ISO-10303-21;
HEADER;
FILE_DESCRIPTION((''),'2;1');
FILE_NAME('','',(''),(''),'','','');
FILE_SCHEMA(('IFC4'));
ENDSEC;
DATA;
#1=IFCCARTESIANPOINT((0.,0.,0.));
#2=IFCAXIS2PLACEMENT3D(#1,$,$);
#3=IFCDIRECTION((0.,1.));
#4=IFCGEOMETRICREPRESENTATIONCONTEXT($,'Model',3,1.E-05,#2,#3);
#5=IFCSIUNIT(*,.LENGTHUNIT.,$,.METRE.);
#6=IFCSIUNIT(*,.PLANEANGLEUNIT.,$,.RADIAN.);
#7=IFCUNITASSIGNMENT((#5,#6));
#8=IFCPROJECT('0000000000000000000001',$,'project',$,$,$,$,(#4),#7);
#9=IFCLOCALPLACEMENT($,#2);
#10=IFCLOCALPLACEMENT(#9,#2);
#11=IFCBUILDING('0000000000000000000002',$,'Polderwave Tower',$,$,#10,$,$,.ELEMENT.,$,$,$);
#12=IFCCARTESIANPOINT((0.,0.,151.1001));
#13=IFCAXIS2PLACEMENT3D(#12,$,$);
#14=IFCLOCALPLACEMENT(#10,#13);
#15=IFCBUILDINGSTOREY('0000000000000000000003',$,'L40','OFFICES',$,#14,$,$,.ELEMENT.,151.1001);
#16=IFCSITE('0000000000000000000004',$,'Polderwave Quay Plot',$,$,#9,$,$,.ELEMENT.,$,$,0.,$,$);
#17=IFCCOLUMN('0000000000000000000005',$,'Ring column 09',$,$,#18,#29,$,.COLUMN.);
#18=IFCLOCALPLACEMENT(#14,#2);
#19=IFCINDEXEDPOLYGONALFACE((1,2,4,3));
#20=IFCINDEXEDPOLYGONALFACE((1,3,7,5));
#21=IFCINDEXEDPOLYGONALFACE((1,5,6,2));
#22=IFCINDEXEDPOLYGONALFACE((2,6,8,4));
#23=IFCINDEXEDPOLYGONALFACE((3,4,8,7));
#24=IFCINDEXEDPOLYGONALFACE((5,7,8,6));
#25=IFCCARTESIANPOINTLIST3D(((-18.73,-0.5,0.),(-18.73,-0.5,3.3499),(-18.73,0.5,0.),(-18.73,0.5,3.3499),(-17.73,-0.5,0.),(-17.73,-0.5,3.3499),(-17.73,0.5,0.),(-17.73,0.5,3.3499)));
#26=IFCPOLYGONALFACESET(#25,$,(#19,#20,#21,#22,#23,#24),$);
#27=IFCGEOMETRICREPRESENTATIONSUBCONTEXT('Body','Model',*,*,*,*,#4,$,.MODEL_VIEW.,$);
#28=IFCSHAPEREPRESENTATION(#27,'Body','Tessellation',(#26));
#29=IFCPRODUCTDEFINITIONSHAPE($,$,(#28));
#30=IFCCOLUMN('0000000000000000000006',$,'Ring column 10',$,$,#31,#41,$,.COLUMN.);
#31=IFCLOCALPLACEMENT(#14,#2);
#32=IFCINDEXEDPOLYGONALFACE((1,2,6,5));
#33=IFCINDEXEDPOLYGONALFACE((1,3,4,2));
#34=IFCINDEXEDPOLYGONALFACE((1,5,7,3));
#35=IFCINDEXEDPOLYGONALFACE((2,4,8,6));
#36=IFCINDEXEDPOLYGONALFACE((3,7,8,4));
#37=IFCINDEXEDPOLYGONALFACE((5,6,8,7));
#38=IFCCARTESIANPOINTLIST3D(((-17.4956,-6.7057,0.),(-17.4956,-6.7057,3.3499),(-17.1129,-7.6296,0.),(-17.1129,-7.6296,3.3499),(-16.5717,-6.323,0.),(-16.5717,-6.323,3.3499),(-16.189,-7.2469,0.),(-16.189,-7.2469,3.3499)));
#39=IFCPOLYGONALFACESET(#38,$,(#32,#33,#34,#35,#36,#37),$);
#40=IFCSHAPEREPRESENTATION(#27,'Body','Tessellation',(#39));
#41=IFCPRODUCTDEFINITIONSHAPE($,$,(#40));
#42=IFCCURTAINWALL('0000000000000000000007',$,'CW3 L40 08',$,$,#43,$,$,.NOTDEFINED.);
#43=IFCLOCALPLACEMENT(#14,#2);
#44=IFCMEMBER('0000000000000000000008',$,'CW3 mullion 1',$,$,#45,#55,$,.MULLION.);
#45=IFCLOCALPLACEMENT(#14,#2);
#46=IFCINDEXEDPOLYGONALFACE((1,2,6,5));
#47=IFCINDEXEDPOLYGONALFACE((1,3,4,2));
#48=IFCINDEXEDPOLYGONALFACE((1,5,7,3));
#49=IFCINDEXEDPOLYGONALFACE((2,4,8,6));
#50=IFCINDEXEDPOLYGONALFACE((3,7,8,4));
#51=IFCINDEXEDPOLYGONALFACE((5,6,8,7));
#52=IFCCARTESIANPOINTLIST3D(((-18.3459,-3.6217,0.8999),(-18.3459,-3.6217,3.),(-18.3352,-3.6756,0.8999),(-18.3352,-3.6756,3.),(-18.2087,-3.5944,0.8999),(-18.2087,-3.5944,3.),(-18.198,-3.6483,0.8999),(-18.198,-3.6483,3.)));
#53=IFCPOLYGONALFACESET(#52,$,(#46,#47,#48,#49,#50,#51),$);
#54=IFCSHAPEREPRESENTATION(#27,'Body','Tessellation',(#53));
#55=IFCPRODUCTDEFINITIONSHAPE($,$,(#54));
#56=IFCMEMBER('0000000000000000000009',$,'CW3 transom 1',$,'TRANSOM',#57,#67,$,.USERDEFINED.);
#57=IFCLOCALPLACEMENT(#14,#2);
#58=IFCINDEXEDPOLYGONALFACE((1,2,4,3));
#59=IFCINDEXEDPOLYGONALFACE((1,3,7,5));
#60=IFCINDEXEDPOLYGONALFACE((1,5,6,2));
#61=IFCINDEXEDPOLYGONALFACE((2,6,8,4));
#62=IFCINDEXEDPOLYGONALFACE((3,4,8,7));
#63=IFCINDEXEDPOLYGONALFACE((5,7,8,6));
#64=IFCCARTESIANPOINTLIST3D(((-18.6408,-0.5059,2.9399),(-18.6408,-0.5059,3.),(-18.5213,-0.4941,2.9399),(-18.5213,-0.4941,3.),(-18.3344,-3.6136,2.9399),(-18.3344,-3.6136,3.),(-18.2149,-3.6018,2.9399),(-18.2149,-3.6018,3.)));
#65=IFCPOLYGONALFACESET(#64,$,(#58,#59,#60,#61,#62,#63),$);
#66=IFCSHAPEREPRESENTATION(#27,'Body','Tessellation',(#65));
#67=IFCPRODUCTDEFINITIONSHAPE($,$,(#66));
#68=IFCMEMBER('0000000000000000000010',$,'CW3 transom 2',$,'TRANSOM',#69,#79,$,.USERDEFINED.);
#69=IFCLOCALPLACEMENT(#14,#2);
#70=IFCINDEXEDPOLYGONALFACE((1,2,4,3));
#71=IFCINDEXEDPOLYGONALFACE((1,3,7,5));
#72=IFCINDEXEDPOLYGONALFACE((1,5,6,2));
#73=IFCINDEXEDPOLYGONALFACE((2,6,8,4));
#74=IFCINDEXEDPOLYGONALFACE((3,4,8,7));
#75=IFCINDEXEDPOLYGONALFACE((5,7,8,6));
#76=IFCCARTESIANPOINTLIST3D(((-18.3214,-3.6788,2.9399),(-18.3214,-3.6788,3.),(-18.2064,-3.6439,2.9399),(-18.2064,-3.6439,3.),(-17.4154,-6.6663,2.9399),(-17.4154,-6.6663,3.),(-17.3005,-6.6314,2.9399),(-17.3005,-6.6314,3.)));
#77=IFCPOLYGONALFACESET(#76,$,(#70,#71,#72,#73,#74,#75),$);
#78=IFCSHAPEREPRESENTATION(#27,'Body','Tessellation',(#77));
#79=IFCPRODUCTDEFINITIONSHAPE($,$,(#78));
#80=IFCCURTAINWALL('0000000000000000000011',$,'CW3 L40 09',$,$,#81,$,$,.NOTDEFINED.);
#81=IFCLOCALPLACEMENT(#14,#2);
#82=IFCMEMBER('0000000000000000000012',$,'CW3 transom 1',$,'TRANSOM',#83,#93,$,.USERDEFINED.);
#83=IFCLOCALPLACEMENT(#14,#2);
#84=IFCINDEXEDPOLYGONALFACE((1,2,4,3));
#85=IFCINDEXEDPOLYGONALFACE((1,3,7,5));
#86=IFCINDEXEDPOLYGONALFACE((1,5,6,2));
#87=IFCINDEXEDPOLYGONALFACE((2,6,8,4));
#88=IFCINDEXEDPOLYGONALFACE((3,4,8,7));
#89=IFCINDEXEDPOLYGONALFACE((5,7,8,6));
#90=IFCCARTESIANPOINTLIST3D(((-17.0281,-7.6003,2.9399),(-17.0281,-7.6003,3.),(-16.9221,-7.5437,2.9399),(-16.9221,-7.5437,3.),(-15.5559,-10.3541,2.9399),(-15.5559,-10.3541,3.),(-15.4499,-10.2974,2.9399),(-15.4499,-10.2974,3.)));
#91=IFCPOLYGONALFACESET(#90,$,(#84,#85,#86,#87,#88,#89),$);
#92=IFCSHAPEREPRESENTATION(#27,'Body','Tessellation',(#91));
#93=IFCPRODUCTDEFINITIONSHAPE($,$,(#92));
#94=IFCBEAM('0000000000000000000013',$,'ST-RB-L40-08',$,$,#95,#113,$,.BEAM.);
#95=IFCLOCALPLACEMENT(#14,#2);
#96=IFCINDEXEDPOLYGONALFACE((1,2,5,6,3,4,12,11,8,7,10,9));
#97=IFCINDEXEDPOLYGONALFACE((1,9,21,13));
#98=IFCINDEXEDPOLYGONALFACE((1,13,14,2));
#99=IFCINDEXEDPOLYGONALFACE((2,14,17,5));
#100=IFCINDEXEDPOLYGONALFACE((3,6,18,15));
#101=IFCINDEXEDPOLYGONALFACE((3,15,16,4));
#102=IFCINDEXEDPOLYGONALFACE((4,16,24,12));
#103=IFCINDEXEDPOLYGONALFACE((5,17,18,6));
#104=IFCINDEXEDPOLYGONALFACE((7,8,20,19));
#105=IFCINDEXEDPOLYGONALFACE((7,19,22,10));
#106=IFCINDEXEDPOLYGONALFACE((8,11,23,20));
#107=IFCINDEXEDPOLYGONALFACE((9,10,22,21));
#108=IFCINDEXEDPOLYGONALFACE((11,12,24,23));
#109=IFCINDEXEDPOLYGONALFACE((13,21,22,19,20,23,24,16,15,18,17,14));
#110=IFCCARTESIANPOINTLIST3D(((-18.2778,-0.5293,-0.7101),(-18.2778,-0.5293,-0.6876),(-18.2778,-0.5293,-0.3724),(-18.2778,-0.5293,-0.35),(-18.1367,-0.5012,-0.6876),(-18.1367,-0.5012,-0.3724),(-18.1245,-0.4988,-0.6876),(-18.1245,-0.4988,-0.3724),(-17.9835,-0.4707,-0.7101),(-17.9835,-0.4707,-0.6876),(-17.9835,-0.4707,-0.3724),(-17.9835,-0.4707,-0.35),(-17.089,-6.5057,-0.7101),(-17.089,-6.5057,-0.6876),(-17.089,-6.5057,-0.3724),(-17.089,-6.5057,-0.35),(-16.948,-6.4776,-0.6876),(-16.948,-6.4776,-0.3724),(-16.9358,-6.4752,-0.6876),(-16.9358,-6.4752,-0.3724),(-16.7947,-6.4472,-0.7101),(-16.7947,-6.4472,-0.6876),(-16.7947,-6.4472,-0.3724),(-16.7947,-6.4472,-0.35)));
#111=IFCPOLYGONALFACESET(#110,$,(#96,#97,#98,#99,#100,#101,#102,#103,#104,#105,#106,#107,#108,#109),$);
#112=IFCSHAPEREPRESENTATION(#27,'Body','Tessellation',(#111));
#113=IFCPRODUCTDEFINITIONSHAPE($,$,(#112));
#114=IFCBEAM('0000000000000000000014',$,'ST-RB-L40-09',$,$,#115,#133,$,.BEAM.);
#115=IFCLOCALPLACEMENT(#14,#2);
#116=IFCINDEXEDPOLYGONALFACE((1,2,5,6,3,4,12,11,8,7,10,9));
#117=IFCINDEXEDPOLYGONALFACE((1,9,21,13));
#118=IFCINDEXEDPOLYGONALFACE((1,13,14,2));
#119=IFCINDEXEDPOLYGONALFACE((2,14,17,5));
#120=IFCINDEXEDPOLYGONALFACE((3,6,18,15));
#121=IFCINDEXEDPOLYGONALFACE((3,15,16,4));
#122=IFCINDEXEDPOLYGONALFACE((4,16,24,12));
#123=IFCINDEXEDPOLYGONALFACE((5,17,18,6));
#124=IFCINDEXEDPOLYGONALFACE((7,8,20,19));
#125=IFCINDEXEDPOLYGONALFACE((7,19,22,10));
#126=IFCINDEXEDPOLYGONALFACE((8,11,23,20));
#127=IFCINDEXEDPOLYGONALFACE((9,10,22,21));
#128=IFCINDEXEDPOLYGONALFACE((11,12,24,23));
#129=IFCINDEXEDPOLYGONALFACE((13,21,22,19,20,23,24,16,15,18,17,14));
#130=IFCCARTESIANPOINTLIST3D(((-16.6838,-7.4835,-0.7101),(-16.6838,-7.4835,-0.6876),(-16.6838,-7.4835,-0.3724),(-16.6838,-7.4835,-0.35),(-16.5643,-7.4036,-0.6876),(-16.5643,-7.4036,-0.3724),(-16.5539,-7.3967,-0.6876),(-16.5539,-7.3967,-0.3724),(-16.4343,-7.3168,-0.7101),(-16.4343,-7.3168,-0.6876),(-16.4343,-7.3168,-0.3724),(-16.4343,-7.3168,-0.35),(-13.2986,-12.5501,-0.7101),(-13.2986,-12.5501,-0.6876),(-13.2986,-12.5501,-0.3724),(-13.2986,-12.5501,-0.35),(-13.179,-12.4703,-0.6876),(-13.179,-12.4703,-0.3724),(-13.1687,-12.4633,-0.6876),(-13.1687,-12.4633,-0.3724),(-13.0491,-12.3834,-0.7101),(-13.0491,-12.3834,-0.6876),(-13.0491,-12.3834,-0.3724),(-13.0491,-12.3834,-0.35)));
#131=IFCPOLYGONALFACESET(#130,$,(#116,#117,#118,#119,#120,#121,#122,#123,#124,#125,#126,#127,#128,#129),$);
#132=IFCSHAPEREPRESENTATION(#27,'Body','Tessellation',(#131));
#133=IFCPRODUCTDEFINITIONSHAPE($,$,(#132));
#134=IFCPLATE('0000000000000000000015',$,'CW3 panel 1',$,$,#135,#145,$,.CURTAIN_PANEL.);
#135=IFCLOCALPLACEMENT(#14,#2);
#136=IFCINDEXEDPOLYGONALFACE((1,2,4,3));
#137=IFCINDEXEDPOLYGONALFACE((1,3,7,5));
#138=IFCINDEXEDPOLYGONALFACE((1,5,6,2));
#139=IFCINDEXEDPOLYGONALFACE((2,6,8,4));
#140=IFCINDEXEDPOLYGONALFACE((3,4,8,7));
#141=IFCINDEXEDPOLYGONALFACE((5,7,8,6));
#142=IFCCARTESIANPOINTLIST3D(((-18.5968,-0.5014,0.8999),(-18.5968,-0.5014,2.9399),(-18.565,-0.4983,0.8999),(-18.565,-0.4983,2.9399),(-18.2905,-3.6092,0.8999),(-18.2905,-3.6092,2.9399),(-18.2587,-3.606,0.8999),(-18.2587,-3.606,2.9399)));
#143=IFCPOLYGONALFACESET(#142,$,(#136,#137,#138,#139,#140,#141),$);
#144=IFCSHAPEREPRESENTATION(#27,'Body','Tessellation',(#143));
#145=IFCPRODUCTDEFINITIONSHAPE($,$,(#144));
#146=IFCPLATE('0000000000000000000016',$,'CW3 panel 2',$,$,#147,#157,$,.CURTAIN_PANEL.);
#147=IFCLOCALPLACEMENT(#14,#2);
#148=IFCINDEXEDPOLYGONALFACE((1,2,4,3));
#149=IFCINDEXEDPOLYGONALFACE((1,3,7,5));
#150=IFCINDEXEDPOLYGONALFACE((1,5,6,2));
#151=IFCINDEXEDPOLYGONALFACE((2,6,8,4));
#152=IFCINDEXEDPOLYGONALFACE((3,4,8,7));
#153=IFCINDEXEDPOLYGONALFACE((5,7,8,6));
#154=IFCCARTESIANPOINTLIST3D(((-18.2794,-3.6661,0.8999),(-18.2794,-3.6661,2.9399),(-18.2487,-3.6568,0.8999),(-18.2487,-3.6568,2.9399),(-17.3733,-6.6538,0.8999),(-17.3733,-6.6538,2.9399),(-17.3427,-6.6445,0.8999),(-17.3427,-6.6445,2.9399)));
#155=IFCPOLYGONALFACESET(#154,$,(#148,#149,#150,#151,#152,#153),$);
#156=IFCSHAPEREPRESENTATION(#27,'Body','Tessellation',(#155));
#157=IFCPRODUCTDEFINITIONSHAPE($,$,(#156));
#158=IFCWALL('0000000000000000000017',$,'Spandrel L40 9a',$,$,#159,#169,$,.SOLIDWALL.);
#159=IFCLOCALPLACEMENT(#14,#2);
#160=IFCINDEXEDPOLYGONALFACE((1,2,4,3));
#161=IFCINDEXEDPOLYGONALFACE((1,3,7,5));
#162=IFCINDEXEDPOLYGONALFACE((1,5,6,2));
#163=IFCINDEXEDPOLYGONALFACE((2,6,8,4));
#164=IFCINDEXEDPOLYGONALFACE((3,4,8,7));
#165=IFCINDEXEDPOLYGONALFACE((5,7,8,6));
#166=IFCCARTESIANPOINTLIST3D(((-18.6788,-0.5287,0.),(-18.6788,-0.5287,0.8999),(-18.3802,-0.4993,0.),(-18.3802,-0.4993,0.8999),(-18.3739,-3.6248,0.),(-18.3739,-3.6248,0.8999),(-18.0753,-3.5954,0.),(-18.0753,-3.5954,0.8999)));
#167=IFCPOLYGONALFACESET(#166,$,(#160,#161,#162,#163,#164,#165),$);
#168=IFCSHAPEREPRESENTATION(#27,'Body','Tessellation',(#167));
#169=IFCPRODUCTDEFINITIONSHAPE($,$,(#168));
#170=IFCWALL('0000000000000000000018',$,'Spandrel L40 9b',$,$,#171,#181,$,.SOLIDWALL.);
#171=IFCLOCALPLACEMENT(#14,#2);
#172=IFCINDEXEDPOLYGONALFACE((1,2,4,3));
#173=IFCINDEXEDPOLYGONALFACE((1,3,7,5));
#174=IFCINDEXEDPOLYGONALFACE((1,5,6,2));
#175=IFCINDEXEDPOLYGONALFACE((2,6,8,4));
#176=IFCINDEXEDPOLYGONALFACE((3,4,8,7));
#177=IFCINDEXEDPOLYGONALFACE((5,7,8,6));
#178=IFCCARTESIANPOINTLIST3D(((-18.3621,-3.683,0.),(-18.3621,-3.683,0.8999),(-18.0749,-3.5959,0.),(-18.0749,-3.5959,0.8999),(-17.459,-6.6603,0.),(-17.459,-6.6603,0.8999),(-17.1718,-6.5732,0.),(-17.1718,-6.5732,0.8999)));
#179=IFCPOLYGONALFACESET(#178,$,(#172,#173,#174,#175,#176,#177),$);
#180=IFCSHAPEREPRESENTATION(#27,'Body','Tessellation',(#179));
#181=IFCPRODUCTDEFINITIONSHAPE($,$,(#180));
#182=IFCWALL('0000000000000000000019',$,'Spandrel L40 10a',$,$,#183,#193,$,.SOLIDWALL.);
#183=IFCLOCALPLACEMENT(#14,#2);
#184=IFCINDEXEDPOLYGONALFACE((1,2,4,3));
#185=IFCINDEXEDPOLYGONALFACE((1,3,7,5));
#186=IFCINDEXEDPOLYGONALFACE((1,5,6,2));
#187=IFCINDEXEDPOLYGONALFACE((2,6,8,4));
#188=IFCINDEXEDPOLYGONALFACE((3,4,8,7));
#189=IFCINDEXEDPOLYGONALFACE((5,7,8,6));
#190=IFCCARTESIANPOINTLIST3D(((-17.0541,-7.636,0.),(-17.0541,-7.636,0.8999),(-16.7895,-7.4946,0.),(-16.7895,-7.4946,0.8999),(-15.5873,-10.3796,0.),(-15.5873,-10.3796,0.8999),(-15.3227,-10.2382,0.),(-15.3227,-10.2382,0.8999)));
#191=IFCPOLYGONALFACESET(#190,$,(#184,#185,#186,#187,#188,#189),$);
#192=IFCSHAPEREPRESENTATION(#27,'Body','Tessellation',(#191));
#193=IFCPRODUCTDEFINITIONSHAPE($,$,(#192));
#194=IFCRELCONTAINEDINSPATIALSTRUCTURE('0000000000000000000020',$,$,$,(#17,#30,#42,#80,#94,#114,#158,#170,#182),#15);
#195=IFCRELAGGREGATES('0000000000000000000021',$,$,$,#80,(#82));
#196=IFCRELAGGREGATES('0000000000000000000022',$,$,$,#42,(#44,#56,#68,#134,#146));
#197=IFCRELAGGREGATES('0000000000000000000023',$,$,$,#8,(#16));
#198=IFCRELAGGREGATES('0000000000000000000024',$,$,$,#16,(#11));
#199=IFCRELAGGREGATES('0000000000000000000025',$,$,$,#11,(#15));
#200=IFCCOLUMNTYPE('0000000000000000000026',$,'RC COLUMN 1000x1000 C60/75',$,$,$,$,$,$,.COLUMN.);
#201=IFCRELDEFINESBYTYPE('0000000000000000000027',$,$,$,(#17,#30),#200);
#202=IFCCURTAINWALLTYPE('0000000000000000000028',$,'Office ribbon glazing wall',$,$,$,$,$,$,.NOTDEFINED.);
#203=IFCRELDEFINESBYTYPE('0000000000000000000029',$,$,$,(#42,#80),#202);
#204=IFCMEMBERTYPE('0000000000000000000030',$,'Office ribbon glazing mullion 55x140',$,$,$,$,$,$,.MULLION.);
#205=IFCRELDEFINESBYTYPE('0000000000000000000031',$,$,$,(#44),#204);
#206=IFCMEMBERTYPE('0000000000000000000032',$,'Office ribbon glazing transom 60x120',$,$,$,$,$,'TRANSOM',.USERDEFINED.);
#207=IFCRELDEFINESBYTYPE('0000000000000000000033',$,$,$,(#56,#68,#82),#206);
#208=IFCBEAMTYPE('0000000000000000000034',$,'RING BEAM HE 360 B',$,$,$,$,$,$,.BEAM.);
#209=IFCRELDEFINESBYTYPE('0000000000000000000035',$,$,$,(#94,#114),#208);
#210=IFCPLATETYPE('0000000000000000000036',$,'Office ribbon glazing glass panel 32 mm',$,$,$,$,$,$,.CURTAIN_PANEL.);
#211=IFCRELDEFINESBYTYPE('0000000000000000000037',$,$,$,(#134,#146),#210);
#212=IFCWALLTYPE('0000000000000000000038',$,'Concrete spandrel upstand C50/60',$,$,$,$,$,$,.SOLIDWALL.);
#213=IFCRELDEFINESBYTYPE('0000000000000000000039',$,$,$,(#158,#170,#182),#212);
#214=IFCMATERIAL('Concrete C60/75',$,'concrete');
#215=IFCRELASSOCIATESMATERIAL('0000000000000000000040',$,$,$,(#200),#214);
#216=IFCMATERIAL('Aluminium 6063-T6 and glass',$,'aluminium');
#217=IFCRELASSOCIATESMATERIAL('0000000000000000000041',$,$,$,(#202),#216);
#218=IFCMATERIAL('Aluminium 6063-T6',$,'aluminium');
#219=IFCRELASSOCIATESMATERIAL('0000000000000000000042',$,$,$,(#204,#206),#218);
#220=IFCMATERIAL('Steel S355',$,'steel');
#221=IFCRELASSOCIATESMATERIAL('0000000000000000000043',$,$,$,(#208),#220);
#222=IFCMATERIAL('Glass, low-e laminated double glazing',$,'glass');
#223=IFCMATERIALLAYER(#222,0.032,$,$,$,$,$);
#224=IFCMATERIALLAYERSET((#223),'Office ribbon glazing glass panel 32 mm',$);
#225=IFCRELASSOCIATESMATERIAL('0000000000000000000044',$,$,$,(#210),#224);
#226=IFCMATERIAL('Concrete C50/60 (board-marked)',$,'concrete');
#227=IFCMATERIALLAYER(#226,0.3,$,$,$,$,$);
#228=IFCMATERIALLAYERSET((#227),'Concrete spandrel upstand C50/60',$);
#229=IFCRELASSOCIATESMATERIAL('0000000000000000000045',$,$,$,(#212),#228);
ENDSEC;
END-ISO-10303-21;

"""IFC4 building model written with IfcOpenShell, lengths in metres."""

from ifc_helpers import new_model, si_unit, direction, frame, frame_2d, origin, origin_2d, place, context, subcontext, project, spatial, rectangle, i_section, extrude, material, layer, layer_set, material_profile, profile_set, type_object, element, aggregate, save


model = new_model("IFC4")

# Units and contexts
model_context = context("Model", 3, precision=1e-05, world=origin(), true_north=direction((0.0, 1.0)))
body_context = subcontext(model_context, "Body", "Model", "MODEL_VIEW")
ifc_project = project(units=[si_unit("LENGTHUNIT", "METRE"), si_unit("PLANEANGLEUNIT", "RADIAN")], contexts=[model_context])

# Site, building, storey
site_placement = place(None, origin())
site = spatial("IfcSite", under=ifc_project, at=site_placement, Name="Polderwave Quay Plot", CompositionType="ELEMENT", RefElevation=0.0)
building_placement = place(site_placement, origin())
building = spatial("IfcBuilding", under=site, at=building_placement, Name="Polderwave Tower", CompositionType="ELEMENT")
storey_placement = place(building_placement, frame((0.0, 0.0, 151.1001)))
storey = spatial("IfcBuildingStorey", under=building, at=storey_placement, Name="L40", Description="OFFICES", CompositionType="ELEMENT", Elevation=151.1001)

# Columns
ifc_material_1 = material(Name="Concrete C60/75", Category="concrete")
ifc_material_profile_1 = material_profile(ifc_material_1, rectangle(XDim=1.0, YDim=1.0, at=origin_2d()), Name="RC 1000x1000")
ifc_profile_set_1 = profile_set([ifc_material_profile_1], Name="Concrete C60/75")
column_type = type_object("IfcColumnType", Name="RC COLUMN 1000x1000 C60/75", PredefinedType="COLUMN", material=ifc_profile_set_1)
for number, where, z_axis, x_axis, name in (
    (1, (-18.23, 0.0, 0.0), (0.0, 0.0, 1.0), (-1.0, 0.0, 0.0), "Ring column 09"),
    (2, (-16.8423, -6.9763, 0.0), (0.0, 0.0, 1.0), (-0.92388, -0.382683, 0.0), "Ring column 10"),
):
    element("IfcColumn", number, at=place(storey_placement, frame(where, z_axis=z_axis, x_axis=x_axis)), inside=storey, type_object=column_type, Name=name, PredefinedType="COLUMN", context=body_context, shape_type="SweptSolid", body=[
        extrude(rectangle(XDim=1.0, YDim=1.0, at=origin_2d()), origin(), (0.0, 0.0, 1.0), 3.3499),
    ])

# Curtain wall, members
ifc_material_2 = material(Name="Aluminium 6063-T6 and glass", Category="aluminium")
curtain_wall_type = type_object("IfcCurtainWallType", Name="Office ribbon glazing wall", PredefinedType="NOTDEFINED", material=ifc_material_2)
curtain_wall_1_placement = place(storey_placement, origin())
curtain_wall_1 = element("IfcCurtainWall", 3, at=curtain_wall_1_placement, inside=storey, type_object=curtain_wall_type, Name="CW3 L40 08", PredefinedType="NOTDEFINED")
ifc_material_3 = material(Name="Aluminium 6063-T6", Category="aluminium")
ifc_material_profile_2 = material_profile(ifc_material_3, rectangle(XDim=0.1399, YDim=0.0549, at=origin_2d()), Name="AL 55x140")
ifc_profile_set_2 = profile_set([ifc_material_profile_2], Name="Aluminium 6063-T6")
member_type_1 = type_object("IfcMemberType", Name="Office ribbon glazing mullion 55x140", PredefinedType="MULLION", material=ifc_profile_set_2)
member_1_placement = place(storey_placement, frame((-18.272, -3.635, 0.8999), z_axis=(0.0, 0.0, 1.0), x_axis=(0.980787, 0.195083, 0.0)))
member_1 = element("IfcMember", 4, at=member_1_placement, type_object=member_type_1, Name="CW3 mullion 1", PredefinedType="MULLION", context=body_context, shape_type="SweptSolid", body=[
    extrude(rectangle(XDim=0.1399, YDim=0.0549, at=origin_2d()), origin(), (0.0, 0.0, 1.0), 2.1001),
])
ifc_material_profile_3 = material_profile(ifc_material_3, rectangle(XDim=0.1201, YDim=0.0601, at=origin_2d()), Name="AL 60x120")
ifc_profile_set_3 = profile_set([ifc_material_profile_3], Name="Aluminium 6063-T6")
member_type_2 = type_object("IfcMemberType", Name="Office ribbon glazing transom 60x120", ElementType="TRANSOM", PredefinedType="USERDEFINED", material=ifc_profile_set_3)
member_2_placement = place(storey_placement, frame((-18.5811, -0.5, 2.97), z_axis=(0.098118, -0.995175, 0.0), x_axis=(0.995175, 0.098118, 0.0)))
member_2 = element("IfcMember", 5, at=member_2_placement, type_object=member_type_2, Name="CW3 transom 1", ObjectType="TRANSOM", PredefinedType="USERDEFINED", context=body_context, shape_type="SweptSolid", body=[
    extrude(rectangle(XDim=0.1201, YDim=0.0601, at=origin_2d()), origin(), (0.0, 0.0, 1.0), 3.1228),
])
member_3_placement = place(storey_placement, frame((-18.2639, -3.6614, 2.97), z_axis=(0.290209, -0.956963, 0.0), x_axis=(0.956963, 0.290209, 0.0)))
member_3 = element("IfcMember", 6, at=member_3_placement, type_object=member_type_2, Name="CW3 transom 2", ObjectType="TRANSOM", PredefinedType="USERDEFINED", context=body_context, shape_type="SweptSolid", body=[
    extrude(rectangle(XDim=0.1201, YDim=0.0601, at=origin_2d()), origin(), (0.0, 0.0, 1.0), 3.1218),
])

# Curtain wall, member
curtain_wall_2_placement = place(storey_placement, origin())
curtain_wall_2 = element("IfcCurtainWall", 7, at=curtain_wall_2_placement, inside=storey, type_object=curtain_wall_type, Name="CW3 L40 09", PredefinedType="NOTDEFINED")
member_4_placement = place(storey_placement, frame((-16.9751, -7.572, 2.97), z_axis=(0.471473, -0.881881, 0.0), x_axis=(0.881881, 0.471473, 0.0)))
member_4 = element("IfcMember", 8, at=member_4_placement, type_object=member_type_2, Name="CW3 transom 1", ObjectType="TRANSOM", PredefinedType="USERDEFINED", context=body_context, shape_type="SweptSolid", body=[
    extrude(rectangle(XDim=0.1201, YDim=0.0601, at=origin_2d()), origin(), (0.0, 0.0, 1.0), 3.1226),
])
aggregate(curtain_wall_2, [member_4])

# Beams
ifc_material_4 = material(Name="Steel S355", Category="steel")
ifc_material_profile_4 = material_profile(ifc_material_4, i_section(OverallWidth=0.3, OverallDepth=0.3601, WebThickness=0.0125, FlangeThickness=0.0225, at=origin_2d()), Name="HE 360 B")
ifc_profile_set_4 = profile_set([ifc_material_profile_4], Name="Steel S355")
beam_type = type_object("IfcBeamType", Name="RING BEAM HE 360 B", PredefinedType="BEAM", material=ifc_profile_set_4)
for number, where, z_axis, x_axis, name in (
    (9, (-18.1306, -0.5, -0.53), (0.195084, -0.980787, 0.0), (0.980787, 0.195084, 0.0), "ST-RB-L40-08"),
    (10, (-16.5591, -7.4001, -0.53), (0.555551, -0.831483, 0.0), (0.831483, 0.555551, 0.0), "ST-RB-L40-09"),
):
    element("IfcBeam", number, at=place(storey_placement, frame(where, z_axis=z_axis, x_axis=x_axis)), inside=storey, type_object=beam_type, Name=name, PredefinedType="BEAM", context=body_context, shape_type="SweptSolid", body=[
        extrude(i_section(OverallWidth=0.3, OverallDepth=0.3601, WebThickness=0.0125, FlangeThickness=0.0225, at=origin_2d()), origin(), (0.0, 0.0, 1.0), 6.0935),
    ])

# Plates
ifc_material_5 = material(Name="Glass, low-e laminated double glazing", Category="glass")
ifc_layer_1 = layer(ifc_material_5, 0.032)
ifc_layer_set_1 = layer_set([ifc_layer_1], Name="Office ribbon glazing glass panel 32 mm")
plate_type = type_object("IfcPlateType", Name="Office ribbon glazing glass panel 32 mm", PredefinedType="CURTAIN_PANEL", material=ifc_layer_set_1)
plate_1_placement = place(storey_placement, frame((-18.4277, -2.0537, 0.8999), z_axis=(0.0, 0.0, 1.0), x_axis=(0.09809, -0.995178, 0.0)))
plate_1 = element("IfcPlate", 11, at=plate_1_placement, type_object=plate_type, Name="CW3 panel 1", PredefinedType="CURTAIN_PANEL", context=body_context, shape_type="SweptSolid", body=[
    extrude(rectangle(XDim=3.1228, YDim=0.032, at=origin_2d()), origin(), (0.0, 0.0, 1.0), 2.04),
])
plate_2_placement = place(storey_placement, frame((-17.811, -5.1553, 0.8999), z_axis=(0.0, 0.0, 1.0), x_axis=(0.290201, -0.956966, 0.0)))
plate_2 = element("IfcPlate", 12, at=plate_2_placement, type_object=plate_type, Name="CW3 panel 2", PredefinedType="CURTAIN_PANEL", context=body_context, shape_type="SweptSolid", body=[
    extrude(rectangle(XDim=3.1221, YDim=0.032, at=origin_2d()), origin(), (0.0, 0.0, 1.0), 2.04),
])
aggregate(curtain_wall_1, [member_1, member_2, member_3, plate_1, plate_2])

# Walls
ifc_material_6 = material(Name="Concrete C50/60 (board-marked)", Category="concrete")
ifc_layer_2 = layer(ifc_material_6, 0.3)
ifc_layer_set_2 = layer_set([ifc_layer_2], Name="Concrete spandrel upstand C50/60")
wall_type_1 = type_object("IfcWallType", Name="Concrete spandrel upstand C50/60", PredefinedType="SOLIDWALL", material=ifc_layer_set_2)
wall_1_placement = place(storey_placement, frame((-18.5295, -0.5139, 0.0), z_axis=(0.0, 0.0, 1.0), x_axis=(0.098012, -0.995185, 0.0)))
element("IfcWall", 13, at=wall_1_placement, inside=storey, type_object=wall_type_1, Name="Spandrel L40 9a", PredefinedType="SOLIDWALL", context=body_context, shape_type="SweptSolid", body=[
    extrude(rectangle(XDim=3.1111, YDim=0.3, at=frame_2d((1.5557, 0.0))), origin(), (0.0, 0.0, 1.0), 0.8999),
])
wall_2_placement = place(storey_placement, frame((-18.2185, -3.6394, 0.0), z_axis=(0.0, 0.0, 1.0), x_axis=(0.290262, -0.956947, 0.0)))
element("IfcWall", 14, at=wall_2_placement, inside=storey, type_object=wall_type_1, Name="Spandrel L40 9b", PredefinedType="SOLIDWALL", context=body_context, shape_type="SweptSolid", body=[
    extrude(rectangle(XDim=3.1113, YDim=0.3, at=frame_2d((1.5557, 0.0))), origin(), (0.0, 0.0, 1.0), 0.8999),
])
wall_3_placement = place(storey_placement, frame((-16.9219, -7.5652, 0.0), z_axis=(0.0, 0.0, 1.0), x_axis=(0.471468, -0.881883, 0.0)))
element("IfcWall", 15, at=wall_3_placement, inside=storey, type_object=wall_type_1, Name="Spandrel L40 10a", PredefinedType="SOLIDWALL", context=body_context, shape_type="SweptSolid", body=[
    extrude(rectangle(XDim=3.1111, YDim=0.3, at=frame_2d((1.5557, 0.0))), origin(), (0.0, 0.0, 1.0), 0.8999),
])

save(model, "model.ifc")
